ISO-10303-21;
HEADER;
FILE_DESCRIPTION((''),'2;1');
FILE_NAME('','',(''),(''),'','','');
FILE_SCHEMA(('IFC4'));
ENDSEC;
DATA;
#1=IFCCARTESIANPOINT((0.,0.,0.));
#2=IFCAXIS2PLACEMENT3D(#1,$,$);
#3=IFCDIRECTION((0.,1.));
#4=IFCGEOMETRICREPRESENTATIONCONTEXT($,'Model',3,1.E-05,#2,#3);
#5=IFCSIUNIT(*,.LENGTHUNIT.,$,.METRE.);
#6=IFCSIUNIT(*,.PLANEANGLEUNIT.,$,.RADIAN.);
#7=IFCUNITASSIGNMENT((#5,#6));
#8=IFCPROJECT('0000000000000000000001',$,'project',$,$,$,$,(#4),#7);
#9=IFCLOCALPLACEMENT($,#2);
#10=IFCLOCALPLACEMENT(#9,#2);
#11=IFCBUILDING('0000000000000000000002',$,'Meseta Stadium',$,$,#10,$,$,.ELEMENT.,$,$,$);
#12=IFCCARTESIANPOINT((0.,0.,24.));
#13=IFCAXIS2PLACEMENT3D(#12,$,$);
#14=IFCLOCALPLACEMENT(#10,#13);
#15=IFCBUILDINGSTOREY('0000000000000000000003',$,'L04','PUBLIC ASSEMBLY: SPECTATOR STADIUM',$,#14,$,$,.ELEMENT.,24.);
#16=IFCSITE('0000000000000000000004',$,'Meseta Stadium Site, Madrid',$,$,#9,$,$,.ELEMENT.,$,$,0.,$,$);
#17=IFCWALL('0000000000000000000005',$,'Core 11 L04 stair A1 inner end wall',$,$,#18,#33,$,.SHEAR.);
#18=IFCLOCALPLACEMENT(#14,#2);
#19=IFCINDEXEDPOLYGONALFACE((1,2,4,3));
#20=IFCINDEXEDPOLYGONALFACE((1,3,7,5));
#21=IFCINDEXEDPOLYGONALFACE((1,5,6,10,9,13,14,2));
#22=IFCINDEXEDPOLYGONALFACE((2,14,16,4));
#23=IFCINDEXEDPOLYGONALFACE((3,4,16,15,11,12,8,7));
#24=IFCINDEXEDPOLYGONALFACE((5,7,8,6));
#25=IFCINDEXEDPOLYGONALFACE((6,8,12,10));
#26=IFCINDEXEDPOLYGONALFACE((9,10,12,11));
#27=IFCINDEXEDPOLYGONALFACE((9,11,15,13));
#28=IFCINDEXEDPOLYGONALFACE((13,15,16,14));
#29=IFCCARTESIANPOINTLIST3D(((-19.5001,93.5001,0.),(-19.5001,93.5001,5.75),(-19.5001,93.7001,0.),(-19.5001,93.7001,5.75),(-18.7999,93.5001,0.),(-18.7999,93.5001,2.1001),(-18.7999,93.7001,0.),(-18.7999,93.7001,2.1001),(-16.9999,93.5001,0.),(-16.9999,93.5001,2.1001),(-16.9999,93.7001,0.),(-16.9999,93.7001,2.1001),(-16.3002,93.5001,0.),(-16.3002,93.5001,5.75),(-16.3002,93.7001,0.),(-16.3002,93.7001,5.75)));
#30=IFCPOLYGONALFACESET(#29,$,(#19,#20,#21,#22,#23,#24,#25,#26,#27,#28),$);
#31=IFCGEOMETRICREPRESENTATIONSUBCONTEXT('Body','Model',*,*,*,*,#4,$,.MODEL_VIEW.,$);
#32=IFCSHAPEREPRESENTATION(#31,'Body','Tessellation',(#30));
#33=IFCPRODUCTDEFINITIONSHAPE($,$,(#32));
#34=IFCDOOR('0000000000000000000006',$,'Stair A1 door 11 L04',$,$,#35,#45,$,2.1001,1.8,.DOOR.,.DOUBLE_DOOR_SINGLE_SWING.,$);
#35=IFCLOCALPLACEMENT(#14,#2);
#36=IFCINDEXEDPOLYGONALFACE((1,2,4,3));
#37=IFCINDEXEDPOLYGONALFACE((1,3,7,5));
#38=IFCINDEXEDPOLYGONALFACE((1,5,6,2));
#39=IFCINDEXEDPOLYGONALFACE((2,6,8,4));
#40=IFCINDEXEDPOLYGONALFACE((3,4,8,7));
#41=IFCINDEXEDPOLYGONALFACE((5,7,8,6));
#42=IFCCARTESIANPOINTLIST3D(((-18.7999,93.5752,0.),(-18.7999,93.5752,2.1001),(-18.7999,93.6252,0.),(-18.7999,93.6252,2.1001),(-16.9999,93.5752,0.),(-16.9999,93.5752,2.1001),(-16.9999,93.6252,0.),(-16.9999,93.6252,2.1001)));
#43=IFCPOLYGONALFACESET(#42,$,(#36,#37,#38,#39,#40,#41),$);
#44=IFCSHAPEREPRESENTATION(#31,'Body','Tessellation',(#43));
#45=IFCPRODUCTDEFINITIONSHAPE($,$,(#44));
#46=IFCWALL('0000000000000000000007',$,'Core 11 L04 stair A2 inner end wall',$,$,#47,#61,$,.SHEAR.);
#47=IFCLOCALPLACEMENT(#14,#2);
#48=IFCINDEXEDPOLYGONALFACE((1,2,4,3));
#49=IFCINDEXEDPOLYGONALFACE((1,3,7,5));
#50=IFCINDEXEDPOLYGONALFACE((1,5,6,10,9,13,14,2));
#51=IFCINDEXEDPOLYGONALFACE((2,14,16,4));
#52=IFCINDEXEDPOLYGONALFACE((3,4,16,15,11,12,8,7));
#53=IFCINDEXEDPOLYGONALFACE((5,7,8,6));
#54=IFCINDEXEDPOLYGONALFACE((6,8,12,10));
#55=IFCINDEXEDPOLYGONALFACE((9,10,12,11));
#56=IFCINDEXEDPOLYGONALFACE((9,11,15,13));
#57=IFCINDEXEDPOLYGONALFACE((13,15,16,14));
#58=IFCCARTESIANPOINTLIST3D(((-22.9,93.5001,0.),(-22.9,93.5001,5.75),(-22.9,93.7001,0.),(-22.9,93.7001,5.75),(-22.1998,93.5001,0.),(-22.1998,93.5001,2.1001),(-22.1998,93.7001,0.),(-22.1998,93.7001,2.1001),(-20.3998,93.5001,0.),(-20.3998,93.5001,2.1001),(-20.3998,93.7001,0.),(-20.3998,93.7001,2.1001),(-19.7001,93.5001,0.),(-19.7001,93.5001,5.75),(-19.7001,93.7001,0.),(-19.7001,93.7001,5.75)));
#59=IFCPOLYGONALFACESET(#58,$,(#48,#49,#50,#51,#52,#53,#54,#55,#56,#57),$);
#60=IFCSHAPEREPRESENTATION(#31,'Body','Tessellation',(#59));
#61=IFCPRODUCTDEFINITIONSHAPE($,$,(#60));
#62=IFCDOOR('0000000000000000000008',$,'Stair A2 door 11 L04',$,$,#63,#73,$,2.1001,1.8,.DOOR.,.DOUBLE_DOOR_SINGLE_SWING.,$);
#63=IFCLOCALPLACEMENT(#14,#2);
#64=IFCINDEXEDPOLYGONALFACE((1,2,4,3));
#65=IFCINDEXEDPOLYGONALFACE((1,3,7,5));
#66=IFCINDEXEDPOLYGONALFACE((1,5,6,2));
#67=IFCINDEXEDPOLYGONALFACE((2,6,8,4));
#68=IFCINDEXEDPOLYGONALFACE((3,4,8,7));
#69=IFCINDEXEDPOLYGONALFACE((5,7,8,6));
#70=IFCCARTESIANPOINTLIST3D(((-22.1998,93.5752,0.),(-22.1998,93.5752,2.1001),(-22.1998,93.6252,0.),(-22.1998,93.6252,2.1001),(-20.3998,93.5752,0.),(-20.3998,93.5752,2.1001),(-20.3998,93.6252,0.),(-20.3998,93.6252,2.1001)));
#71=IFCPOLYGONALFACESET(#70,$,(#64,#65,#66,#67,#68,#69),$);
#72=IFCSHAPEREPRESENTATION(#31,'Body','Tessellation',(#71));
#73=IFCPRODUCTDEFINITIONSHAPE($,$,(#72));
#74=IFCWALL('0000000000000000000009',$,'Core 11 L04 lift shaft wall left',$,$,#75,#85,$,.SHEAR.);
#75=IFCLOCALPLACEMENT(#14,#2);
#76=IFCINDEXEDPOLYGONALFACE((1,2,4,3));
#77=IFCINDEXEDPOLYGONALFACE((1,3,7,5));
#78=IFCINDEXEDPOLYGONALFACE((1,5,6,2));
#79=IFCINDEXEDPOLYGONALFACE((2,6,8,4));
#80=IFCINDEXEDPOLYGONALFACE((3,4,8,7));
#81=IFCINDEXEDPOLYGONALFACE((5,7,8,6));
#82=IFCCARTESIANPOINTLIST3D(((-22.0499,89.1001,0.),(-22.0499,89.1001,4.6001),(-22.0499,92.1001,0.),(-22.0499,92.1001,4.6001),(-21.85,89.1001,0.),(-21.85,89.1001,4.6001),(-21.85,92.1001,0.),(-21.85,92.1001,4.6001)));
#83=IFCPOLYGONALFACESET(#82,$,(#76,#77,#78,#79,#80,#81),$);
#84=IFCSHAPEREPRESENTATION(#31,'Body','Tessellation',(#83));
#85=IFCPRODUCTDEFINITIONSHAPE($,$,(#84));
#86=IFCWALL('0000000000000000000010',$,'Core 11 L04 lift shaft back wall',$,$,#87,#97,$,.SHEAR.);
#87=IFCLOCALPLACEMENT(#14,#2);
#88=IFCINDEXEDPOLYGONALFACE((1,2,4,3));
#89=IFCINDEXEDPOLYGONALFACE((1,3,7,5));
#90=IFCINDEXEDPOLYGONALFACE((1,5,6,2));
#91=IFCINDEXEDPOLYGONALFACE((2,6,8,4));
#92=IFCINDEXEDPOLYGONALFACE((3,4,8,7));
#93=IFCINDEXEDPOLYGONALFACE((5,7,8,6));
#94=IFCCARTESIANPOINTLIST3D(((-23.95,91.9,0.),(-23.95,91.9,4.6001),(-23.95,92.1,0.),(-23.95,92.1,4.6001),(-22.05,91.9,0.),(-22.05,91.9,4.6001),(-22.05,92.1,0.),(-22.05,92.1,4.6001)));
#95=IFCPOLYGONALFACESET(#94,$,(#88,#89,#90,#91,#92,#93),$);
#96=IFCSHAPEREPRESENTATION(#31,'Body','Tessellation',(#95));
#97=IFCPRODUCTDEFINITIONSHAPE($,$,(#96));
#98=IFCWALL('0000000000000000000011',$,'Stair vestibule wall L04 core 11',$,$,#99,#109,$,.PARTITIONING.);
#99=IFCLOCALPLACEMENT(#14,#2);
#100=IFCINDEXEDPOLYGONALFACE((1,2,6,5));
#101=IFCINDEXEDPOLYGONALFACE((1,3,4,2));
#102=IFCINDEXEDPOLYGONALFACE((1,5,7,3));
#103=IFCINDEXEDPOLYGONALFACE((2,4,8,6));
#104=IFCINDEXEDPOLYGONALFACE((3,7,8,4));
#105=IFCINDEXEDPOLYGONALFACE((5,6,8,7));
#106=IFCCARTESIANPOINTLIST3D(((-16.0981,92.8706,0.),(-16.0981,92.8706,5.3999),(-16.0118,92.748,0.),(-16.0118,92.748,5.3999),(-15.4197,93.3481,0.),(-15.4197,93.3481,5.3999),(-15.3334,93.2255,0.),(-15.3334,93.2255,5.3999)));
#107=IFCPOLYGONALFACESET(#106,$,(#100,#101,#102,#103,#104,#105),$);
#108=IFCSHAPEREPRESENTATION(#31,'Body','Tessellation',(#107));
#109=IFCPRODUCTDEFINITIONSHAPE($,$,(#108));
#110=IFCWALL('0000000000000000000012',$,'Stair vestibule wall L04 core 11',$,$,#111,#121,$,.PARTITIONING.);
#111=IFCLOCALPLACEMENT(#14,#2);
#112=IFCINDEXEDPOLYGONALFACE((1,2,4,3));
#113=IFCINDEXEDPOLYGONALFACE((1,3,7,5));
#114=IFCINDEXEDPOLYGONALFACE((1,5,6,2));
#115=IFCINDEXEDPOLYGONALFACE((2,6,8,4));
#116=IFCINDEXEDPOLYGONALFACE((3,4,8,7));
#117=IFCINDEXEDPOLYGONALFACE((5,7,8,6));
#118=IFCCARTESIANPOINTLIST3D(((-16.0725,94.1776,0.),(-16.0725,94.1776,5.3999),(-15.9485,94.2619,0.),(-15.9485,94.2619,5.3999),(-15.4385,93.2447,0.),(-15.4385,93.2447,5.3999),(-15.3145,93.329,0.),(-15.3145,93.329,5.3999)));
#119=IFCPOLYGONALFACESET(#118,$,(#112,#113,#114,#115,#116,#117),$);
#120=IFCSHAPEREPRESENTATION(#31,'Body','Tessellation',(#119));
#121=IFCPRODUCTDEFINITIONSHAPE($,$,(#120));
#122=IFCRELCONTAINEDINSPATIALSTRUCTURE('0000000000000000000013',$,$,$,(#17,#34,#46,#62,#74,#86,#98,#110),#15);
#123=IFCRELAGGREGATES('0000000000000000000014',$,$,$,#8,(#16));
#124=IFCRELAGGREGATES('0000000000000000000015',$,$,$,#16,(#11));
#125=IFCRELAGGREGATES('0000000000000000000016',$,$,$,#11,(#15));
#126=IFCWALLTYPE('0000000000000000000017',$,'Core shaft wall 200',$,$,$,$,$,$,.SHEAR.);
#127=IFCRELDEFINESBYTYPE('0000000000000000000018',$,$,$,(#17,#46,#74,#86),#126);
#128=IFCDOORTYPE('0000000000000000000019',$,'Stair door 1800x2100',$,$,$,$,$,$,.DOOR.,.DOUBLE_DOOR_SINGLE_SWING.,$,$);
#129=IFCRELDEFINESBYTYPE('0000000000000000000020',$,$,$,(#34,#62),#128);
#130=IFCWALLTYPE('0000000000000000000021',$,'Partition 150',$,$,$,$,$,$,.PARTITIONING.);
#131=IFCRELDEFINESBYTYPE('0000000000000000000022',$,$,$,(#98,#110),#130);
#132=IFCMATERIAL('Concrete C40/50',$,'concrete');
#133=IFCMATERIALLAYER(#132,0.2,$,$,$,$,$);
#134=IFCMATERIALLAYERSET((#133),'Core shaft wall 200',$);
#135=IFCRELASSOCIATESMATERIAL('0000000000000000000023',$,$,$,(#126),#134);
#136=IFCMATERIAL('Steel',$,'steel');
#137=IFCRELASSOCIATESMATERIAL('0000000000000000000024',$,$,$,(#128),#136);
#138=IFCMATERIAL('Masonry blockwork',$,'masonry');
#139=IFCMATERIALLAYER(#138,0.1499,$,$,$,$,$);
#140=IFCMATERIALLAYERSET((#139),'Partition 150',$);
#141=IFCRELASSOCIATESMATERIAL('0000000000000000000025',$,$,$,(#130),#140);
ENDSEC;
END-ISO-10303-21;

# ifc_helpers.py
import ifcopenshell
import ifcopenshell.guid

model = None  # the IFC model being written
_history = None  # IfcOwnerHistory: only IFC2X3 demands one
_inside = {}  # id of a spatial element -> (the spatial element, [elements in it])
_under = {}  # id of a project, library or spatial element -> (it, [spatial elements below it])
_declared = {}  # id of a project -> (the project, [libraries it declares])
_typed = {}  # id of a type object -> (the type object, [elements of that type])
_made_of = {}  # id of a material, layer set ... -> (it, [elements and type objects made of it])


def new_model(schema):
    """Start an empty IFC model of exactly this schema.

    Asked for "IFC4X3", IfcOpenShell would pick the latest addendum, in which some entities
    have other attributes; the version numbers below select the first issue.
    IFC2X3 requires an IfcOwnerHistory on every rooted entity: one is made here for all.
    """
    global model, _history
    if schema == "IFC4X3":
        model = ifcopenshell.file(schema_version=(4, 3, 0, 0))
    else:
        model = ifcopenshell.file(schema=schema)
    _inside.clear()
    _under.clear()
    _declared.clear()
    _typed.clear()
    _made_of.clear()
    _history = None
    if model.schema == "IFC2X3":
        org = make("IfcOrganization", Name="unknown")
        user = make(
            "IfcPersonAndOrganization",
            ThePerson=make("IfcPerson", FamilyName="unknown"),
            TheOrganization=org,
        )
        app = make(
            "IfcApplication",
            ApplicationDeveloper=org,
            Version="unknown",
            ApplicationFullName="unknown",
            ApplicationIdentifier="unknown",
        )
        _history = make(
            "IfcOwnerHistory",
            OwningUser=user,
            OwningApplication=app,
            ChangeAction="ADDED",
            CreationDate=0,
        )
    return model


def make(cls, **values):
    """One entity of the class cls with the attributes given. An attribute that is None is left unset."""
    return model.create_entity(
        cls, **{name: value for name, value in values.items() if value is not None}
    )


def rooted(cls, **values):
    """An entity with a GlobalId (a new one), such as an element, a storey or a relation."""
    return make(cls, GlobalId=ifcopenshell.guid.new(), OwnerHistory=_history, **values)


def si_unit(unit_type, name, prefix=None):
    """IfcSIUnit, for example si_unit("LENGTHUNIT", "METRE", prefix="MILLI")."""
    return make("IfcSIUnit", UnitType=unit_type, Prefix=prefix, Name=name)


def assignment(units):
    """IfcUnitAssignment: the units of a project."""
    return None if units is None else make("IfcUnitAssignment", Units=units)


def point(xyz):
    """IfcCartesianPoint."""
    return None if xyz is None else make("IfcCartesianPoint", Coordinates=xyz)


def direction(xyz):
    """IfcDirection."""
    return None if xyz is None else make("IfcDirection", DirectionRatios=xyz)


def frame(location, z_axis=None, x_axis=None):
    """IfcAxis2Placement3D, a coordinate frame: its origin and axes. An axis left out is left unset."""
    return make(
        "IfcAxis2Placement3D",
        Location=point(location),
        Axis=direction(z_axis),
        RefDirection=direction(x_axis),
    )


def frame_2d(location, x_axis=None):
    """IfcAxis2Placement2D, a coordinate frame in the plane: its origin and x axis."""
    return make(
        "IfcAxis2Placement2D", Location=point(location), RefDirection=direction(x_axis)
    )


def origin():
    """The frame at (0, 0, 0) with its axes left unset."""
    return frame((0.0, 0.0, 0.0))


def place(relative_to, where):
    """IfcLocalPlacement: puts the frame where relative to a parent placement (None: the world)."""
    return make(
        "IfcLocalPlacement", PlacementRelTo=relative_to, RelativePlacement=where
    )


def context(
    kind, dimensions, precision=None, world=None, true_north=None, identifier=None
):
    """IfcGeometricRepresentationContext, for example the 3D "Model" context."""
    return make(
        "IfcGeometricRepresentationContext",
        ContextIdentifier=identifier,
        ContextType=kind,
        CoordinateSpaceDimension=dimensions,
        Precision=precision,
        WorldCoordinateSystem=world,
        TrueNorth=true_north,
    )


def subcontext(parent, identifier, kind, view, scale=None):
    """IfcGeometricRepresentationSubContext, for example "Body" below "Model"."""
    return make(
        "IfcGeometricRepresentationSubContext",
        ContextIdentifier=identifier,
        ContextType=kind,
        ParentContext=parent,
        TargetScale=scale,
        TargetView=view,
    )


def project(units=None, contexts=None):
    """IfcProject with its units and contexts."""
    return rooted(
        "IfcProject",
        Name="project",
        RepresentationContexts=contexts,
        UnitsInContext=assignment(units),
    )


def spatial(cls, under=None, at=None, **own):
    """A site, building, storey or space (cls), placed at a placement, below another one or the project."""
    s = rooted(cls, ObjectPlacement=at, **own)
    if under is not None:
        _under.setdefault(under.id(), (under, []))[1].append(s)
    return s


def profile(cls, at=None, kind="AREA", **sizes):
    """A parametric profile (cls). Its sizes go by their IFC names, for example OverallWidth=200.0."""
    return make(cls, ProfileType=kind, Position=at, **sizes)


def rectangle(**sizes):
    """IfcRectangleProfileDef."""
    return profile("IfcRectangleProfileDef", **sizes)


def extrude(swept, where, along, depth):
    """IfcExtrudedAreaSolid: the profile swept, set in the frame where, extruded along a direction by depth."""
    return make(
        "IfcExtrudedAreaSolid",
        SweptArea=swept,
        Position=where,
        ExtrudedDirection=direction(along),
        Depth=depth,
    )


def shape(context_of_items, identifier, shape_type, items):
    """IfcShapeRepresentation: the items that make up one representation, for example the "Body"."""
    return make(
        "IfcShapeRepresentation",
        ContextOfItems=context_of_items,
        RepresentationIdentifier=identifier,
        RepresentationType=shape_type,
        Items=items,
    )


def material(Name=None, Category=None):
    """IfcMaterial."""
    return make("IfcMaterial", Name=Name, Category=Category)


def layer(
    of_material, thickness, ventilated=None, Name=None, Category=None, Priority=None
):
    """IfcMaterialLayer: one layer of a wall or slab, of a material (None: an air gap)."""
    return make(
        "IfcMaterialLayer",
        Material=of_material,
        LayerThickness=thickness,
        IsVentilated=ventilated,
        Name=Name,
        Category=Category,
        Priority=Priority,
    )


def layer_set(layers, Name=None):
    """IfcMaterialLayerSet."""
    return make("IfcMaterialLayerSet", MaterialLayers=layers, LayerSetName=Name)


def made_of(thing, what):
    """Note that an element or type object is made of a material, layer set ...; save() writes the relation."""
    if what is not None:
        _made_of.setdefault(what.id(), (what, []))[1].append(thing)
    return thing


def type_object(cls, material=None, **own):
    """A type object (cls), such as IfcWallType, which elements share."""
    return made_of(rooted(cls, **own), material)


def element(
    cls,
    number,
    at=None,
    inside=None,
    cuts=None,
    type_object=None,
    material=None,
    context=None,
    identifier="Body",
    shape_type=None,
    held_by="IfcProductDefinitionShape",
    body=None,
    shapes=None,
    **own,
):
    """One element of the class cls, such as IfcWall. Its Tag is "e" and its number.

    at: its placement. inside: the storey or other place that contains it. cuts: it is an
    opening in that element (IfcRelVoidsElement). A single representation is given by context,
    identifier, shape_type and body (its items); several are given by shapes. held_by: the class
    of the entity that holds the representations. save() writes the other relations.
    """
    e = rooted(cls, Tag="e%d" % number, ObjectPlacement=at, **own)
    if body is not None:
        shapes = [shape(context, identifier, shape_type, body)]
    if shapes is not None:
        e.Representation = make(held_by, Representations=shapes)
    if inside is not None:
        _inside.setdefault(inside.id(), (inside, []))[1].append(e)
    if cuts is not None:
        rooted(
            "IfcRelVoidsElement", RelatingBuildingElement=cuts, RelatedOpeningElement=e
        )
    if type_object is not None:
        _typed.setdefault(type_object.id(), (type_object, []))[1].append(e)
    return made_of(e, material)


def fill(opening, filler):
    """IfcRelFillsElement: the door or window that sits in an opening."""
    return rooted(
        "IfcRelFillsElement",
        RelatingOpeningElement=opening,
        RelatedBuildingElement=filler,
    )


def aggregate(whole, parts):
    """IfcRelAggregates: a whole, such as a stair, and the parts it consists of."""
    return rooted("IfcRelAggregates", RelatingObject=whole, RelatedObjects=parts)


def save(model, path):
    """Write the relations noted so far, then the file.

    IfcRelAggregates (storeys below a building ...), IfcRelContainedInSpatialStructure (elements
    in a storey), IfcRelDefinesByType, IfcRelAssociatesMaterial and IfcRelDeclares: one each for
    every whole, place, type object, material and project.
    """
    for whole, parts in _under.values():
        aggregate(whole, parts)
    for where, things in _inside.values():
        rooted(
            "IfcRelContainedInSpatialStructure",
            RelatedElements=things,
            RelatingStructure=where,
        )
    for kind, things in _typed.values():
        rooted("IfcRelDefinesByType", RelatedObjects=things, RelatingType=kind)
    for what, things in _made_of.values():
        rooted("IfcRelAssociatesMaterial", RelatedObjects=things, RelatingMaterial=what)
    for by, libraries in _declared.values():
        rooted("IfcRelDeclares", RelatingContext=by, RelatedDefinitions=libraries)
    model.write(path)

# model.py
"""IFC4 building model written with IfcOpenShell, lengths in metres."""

from ifc_helpers import new_model, si_unit, direction, frame, frame_2d, origin, place, context, subcontext, project, spatial, rectangle, extrude, material, layer, layer_set, type_object, element, fill, save


model = new_model("IFC4")

# Units and contexts
model_context = context("Model", 3, precision=1e-05, world=origin(), true_north=direction((0.0, 1.0)))
body_context = subcontext(model_context, "Body", "Model", "MODEL_VIEW")
ifc_project = project(units=[si_unit("LENGTHUNIT", "METRE"), si_unit("PLANEANGLEUNIT", "RADIAN")], contexts=[model_context])

# Site, building, storey
site_placement = place(None, origin())
site = spatial("IfcSite", under=ifc_project, at=site_placement, Name="Meseta Stadium Site, Madrid", CompositionType="ELEMENT", RefElevation=0.0)
building_placement = place(site_placement, origin())
building = spatial("IfcBuilding", under=site, at=building_placement, Name="Meseta Stadium", CompositionType="ELEMENT")
storey_placement = place(building_placement, frame((0.0, 0.0, 24.0)))
storey = spatial("IfcBuildingStorey", under=building, at=storey_placement, Name="L04", Description="PUBLIC ASSEMBLY: SPECTATOR STADIUM", CompositionType="ELEMENT", Elevation=24.0)

# Walls, openings, doors
ifc_material_1 = material(Name="Concrete C40/50", Category="concrete")
ifc_layer_1 = layer(ifc_material_1, 0.2)
ifc_layer_set_1 = layer_set([ifc_layer_1], Name="Core shaft wall 200")
wall_type_1 = type_object("IfcWallType", Name="Core shaft wall 200", PredefinedType="SHEAR", material=ifc_layer_set_1)
wall_1_placement = place(storey_placement, frame((-16.3, 93.6001, 0.0), z_axis=(0.0, 0.0, 1.0), x_axis=(-1.0, 0.0, 0.0)))
wall_1 = element("IfcWall", 1, at=wall_1_placement, inside=storey, type_object=wall_type_1, Name="Core 11 L04 stair A1 inner end wall", PredefinedType="SHEAR", context=body_context, shape_type="SweptSolid", body=[
    extrude(rectangle(XDim=3.2, YDim=0.2, at=frame_2d((1.6001, 0.0))), origin(), (0.0, 0.0, 1.0), 5.75),
])
opening_1_placement = place(wall_1_placement, frame((0.7, 0.0, 0.0)))
opening_1 = element("IfcOpeningElement", 2, at=opening_1_placement, cuts=wall_1, PredefinedType="OPENING", context=body_context, shape_type="SweptSolid", body=[
    extrude(rectangle(XDim=1.8, YDim=2.1001, at=frame_2d((0.8999, 1.05))), frame((0.0, 0.1099, 0.0), z_axis=(0.0, -1.0, 0.0), x_axis=(1.0, 0.0, 0.0)), (0.0, 0.0, 1.0), 0.22),
])
ifc_material_2 = material(Name="Steel", Category="steel")
door_type = type_object("IfcDoorType", Name="Stair door 1800x2100", OperationType="DOUBLE_DOOR_SINGLE_SWING", PredefinedType="DOOR", material=ifc_material_2)
door_1_placement = place(opening_1_placement, origin())
door_1 = element("IfcDoor", 3, at=door_1_placement, inside=storey, type_object=door_type, Name="Stair A1 door 11 L04", OperationType="DOUBLE_DOOR_SINGLE_SWING", OverallHeight=2.1001, OverallWidth=1.8, PredefinedType="DOOR", context=body_context, shape_type="SweptSolid", body=[
    extrude(rectangle(XDim=1.8, YDim=2.1001, at=frame_2d((0.8999, 1.05))), frame((0.0, 0.0249, 0.0), z_axis=(0.0, -1.0, 0.0), x_axis=(1.0, 0.0, 0.0)), (0.0, 0.0, 1.0), 0.05),
])
fill(opening_1, door_1)
wall_2_placement = place(storey_placement, frame((-19.7, 93.6001, 0.0), z_axis=(0.0, 0.0, 1.0), x_axis=(-1.0, 0.0, 0.0)))
wall_2 = element("IfcWall", 4, at=wall_2_placement, inside=storey, type_object=wall_type_1, Name="Core 11 L04 stair A2 inner end wall", PredefinedType="SHEAR", context=body_context, shape_type="SweptSolid", body=[
    extrude(rectangle(XDim=3.2, YDim=0.2, at=frame_2d((1.6001, 0.0))), origin(), (0.0, 0.0, 1.0), 5.75),
])
opening_2_placement = place(wall_2_placement, frame((0.7, 0.0, 0.0)))
opening_2 = element("IfcOpeningElement", 5, at=opening_2_placement, cuts=wall_2, PredefinedType="OPENING", context=body_context, shape_type="SweptSolid", body=[
    extrude(rectangle(XDim=1.8, YDim=2.1001, at=frame_2d((0.8999, 1.05))), frame((0.0, 0.1099, 0.0), z_axis=(0.0, -1.0, 0.0), x_axis=(1.0, 0.0, 0.0)), (0.0, 0.0, 1.0), 0.22),
])
door_2_placement = place(opening_2_placement, origin())
door_2 = element("IfcDoor", 6, at=door_2_placement, inside=storey, type_object=door_type, Name="Stair A2 door 11 L04", OperationType="DOUBLE_DOOR_SINGLE_SWING", OverallHeight=2.1001, OverallWidth=1.8, PredefinedType="DOOR", context=body_context, shape_type="SweptSolid", body=[
    extrude(rectangle(XDim=1.8, YDim=2.1001, at=frame_2d((0.8999, 1.05))), frame((0.0, 0.0249, 0.0), z_axis=(0.0, -1.0, 0.0), x_axis=(1.0, 0.0, 0.0)), (0.0, 0.0, 1.0), 0.05),
])
fill(opening_2, door_2)

# Walls
wall_3_placement = place(storey_placement, frame((-21.95, 92.1001, 0.0), z_axis=(0.0, 0.0, 1.0), x_axis=(0.0, -1.0, 0.0)))
element("IfcWall", 7, at=wall_3_placement, inside=storey, type_object=wall_type_1, Name="Core 11 L04 lift shaft wall left", PredefinedType="SHEAR", context=body_context, shape_type="SweptSolid", body=[
    extrude(rectangle(XDim=3.0, YDim=0.2, at=frame_2d((1.5, 0.0))), origin(), (0.0, 0.0, 1.0), 4.6001),
])
wall_4_placement = place(storey_placement, frame((-22.05, 92.0, 0.0), z_axis=(0.0, 0.0, 1.0), x_axis=(-1.0, 0.0, 0.0)))
element("IfcWall", 8, at=wall_4_placement, inside=storey, type_object=wall_type_1, Name="Core 11 L04 lift shaft back wall", PredefinedType="SHEAR", context=body_context, shape_type="SweptSolid", body=[
    extrude(rectangle(XDim=1.8999, YDim=0.2, at=frame_2d((0.95, 0.0))), origin(), (0.0, 0.0, 1.0), 4.6001),
])
ifc_material_3 = material(Name="Masonry blockwork", Category="masonry")
ifc_layer_2 = layer(ifc_material_3, 0.1499)
ifc_layer_set_2 = layer_set([ifc_layer_2], Name="Partition 150")
wall_type_2 = type_object("IfcWallType", Name="Partition 150", PredefinedType="PARTITIONING", material=ifc_layer_set_2)
wall_5_placement = place(storey_placement, frame((-16.0549, 92.8093, 0.0), z_axis=(0.0, 0.0, 1.0), x_axis=(0.81775, 0.575574, 0.0)))
element("IfcWall", 9, at=wall_5_placement, inside=storey, type_object=wall_type_2, Name="Stair vestibule wall L04 core 11", PredefinedType="PARTITIONING", context=body_context, shape_type="SweptSolid", body=[
    extrude(rectangle(XDim=0.8296, YDim=0.1499, at=frame_2d((0.4148, 0.0))), origin(), (0.0, 0.0, 1.0), 5.3999),
])
wall_6_placement = place(storey_placement, frame((-15.3765, 93.2869, 0.0), z_axis=(0.0, 0.0, 1.0), x_axis=(-0.562121, 0.827055, 0.0)))
element("IfcWall", 10, at=wall_6_placement, inside=storey, type_object=wall_type_2, Name="Stair vestibule wall L04 core 11", PredefinedType="PARTITIONING", context=body_context, shape_type="SweptSolid", body=[
    extrude(rectangle(XDim=1.1279, YDim=0.1499, at=frame_2d((0.564, 0.0))), origin(), (0.0, 0.0, 1.0), 5.3999),
])

save(model, "model.ifc")
